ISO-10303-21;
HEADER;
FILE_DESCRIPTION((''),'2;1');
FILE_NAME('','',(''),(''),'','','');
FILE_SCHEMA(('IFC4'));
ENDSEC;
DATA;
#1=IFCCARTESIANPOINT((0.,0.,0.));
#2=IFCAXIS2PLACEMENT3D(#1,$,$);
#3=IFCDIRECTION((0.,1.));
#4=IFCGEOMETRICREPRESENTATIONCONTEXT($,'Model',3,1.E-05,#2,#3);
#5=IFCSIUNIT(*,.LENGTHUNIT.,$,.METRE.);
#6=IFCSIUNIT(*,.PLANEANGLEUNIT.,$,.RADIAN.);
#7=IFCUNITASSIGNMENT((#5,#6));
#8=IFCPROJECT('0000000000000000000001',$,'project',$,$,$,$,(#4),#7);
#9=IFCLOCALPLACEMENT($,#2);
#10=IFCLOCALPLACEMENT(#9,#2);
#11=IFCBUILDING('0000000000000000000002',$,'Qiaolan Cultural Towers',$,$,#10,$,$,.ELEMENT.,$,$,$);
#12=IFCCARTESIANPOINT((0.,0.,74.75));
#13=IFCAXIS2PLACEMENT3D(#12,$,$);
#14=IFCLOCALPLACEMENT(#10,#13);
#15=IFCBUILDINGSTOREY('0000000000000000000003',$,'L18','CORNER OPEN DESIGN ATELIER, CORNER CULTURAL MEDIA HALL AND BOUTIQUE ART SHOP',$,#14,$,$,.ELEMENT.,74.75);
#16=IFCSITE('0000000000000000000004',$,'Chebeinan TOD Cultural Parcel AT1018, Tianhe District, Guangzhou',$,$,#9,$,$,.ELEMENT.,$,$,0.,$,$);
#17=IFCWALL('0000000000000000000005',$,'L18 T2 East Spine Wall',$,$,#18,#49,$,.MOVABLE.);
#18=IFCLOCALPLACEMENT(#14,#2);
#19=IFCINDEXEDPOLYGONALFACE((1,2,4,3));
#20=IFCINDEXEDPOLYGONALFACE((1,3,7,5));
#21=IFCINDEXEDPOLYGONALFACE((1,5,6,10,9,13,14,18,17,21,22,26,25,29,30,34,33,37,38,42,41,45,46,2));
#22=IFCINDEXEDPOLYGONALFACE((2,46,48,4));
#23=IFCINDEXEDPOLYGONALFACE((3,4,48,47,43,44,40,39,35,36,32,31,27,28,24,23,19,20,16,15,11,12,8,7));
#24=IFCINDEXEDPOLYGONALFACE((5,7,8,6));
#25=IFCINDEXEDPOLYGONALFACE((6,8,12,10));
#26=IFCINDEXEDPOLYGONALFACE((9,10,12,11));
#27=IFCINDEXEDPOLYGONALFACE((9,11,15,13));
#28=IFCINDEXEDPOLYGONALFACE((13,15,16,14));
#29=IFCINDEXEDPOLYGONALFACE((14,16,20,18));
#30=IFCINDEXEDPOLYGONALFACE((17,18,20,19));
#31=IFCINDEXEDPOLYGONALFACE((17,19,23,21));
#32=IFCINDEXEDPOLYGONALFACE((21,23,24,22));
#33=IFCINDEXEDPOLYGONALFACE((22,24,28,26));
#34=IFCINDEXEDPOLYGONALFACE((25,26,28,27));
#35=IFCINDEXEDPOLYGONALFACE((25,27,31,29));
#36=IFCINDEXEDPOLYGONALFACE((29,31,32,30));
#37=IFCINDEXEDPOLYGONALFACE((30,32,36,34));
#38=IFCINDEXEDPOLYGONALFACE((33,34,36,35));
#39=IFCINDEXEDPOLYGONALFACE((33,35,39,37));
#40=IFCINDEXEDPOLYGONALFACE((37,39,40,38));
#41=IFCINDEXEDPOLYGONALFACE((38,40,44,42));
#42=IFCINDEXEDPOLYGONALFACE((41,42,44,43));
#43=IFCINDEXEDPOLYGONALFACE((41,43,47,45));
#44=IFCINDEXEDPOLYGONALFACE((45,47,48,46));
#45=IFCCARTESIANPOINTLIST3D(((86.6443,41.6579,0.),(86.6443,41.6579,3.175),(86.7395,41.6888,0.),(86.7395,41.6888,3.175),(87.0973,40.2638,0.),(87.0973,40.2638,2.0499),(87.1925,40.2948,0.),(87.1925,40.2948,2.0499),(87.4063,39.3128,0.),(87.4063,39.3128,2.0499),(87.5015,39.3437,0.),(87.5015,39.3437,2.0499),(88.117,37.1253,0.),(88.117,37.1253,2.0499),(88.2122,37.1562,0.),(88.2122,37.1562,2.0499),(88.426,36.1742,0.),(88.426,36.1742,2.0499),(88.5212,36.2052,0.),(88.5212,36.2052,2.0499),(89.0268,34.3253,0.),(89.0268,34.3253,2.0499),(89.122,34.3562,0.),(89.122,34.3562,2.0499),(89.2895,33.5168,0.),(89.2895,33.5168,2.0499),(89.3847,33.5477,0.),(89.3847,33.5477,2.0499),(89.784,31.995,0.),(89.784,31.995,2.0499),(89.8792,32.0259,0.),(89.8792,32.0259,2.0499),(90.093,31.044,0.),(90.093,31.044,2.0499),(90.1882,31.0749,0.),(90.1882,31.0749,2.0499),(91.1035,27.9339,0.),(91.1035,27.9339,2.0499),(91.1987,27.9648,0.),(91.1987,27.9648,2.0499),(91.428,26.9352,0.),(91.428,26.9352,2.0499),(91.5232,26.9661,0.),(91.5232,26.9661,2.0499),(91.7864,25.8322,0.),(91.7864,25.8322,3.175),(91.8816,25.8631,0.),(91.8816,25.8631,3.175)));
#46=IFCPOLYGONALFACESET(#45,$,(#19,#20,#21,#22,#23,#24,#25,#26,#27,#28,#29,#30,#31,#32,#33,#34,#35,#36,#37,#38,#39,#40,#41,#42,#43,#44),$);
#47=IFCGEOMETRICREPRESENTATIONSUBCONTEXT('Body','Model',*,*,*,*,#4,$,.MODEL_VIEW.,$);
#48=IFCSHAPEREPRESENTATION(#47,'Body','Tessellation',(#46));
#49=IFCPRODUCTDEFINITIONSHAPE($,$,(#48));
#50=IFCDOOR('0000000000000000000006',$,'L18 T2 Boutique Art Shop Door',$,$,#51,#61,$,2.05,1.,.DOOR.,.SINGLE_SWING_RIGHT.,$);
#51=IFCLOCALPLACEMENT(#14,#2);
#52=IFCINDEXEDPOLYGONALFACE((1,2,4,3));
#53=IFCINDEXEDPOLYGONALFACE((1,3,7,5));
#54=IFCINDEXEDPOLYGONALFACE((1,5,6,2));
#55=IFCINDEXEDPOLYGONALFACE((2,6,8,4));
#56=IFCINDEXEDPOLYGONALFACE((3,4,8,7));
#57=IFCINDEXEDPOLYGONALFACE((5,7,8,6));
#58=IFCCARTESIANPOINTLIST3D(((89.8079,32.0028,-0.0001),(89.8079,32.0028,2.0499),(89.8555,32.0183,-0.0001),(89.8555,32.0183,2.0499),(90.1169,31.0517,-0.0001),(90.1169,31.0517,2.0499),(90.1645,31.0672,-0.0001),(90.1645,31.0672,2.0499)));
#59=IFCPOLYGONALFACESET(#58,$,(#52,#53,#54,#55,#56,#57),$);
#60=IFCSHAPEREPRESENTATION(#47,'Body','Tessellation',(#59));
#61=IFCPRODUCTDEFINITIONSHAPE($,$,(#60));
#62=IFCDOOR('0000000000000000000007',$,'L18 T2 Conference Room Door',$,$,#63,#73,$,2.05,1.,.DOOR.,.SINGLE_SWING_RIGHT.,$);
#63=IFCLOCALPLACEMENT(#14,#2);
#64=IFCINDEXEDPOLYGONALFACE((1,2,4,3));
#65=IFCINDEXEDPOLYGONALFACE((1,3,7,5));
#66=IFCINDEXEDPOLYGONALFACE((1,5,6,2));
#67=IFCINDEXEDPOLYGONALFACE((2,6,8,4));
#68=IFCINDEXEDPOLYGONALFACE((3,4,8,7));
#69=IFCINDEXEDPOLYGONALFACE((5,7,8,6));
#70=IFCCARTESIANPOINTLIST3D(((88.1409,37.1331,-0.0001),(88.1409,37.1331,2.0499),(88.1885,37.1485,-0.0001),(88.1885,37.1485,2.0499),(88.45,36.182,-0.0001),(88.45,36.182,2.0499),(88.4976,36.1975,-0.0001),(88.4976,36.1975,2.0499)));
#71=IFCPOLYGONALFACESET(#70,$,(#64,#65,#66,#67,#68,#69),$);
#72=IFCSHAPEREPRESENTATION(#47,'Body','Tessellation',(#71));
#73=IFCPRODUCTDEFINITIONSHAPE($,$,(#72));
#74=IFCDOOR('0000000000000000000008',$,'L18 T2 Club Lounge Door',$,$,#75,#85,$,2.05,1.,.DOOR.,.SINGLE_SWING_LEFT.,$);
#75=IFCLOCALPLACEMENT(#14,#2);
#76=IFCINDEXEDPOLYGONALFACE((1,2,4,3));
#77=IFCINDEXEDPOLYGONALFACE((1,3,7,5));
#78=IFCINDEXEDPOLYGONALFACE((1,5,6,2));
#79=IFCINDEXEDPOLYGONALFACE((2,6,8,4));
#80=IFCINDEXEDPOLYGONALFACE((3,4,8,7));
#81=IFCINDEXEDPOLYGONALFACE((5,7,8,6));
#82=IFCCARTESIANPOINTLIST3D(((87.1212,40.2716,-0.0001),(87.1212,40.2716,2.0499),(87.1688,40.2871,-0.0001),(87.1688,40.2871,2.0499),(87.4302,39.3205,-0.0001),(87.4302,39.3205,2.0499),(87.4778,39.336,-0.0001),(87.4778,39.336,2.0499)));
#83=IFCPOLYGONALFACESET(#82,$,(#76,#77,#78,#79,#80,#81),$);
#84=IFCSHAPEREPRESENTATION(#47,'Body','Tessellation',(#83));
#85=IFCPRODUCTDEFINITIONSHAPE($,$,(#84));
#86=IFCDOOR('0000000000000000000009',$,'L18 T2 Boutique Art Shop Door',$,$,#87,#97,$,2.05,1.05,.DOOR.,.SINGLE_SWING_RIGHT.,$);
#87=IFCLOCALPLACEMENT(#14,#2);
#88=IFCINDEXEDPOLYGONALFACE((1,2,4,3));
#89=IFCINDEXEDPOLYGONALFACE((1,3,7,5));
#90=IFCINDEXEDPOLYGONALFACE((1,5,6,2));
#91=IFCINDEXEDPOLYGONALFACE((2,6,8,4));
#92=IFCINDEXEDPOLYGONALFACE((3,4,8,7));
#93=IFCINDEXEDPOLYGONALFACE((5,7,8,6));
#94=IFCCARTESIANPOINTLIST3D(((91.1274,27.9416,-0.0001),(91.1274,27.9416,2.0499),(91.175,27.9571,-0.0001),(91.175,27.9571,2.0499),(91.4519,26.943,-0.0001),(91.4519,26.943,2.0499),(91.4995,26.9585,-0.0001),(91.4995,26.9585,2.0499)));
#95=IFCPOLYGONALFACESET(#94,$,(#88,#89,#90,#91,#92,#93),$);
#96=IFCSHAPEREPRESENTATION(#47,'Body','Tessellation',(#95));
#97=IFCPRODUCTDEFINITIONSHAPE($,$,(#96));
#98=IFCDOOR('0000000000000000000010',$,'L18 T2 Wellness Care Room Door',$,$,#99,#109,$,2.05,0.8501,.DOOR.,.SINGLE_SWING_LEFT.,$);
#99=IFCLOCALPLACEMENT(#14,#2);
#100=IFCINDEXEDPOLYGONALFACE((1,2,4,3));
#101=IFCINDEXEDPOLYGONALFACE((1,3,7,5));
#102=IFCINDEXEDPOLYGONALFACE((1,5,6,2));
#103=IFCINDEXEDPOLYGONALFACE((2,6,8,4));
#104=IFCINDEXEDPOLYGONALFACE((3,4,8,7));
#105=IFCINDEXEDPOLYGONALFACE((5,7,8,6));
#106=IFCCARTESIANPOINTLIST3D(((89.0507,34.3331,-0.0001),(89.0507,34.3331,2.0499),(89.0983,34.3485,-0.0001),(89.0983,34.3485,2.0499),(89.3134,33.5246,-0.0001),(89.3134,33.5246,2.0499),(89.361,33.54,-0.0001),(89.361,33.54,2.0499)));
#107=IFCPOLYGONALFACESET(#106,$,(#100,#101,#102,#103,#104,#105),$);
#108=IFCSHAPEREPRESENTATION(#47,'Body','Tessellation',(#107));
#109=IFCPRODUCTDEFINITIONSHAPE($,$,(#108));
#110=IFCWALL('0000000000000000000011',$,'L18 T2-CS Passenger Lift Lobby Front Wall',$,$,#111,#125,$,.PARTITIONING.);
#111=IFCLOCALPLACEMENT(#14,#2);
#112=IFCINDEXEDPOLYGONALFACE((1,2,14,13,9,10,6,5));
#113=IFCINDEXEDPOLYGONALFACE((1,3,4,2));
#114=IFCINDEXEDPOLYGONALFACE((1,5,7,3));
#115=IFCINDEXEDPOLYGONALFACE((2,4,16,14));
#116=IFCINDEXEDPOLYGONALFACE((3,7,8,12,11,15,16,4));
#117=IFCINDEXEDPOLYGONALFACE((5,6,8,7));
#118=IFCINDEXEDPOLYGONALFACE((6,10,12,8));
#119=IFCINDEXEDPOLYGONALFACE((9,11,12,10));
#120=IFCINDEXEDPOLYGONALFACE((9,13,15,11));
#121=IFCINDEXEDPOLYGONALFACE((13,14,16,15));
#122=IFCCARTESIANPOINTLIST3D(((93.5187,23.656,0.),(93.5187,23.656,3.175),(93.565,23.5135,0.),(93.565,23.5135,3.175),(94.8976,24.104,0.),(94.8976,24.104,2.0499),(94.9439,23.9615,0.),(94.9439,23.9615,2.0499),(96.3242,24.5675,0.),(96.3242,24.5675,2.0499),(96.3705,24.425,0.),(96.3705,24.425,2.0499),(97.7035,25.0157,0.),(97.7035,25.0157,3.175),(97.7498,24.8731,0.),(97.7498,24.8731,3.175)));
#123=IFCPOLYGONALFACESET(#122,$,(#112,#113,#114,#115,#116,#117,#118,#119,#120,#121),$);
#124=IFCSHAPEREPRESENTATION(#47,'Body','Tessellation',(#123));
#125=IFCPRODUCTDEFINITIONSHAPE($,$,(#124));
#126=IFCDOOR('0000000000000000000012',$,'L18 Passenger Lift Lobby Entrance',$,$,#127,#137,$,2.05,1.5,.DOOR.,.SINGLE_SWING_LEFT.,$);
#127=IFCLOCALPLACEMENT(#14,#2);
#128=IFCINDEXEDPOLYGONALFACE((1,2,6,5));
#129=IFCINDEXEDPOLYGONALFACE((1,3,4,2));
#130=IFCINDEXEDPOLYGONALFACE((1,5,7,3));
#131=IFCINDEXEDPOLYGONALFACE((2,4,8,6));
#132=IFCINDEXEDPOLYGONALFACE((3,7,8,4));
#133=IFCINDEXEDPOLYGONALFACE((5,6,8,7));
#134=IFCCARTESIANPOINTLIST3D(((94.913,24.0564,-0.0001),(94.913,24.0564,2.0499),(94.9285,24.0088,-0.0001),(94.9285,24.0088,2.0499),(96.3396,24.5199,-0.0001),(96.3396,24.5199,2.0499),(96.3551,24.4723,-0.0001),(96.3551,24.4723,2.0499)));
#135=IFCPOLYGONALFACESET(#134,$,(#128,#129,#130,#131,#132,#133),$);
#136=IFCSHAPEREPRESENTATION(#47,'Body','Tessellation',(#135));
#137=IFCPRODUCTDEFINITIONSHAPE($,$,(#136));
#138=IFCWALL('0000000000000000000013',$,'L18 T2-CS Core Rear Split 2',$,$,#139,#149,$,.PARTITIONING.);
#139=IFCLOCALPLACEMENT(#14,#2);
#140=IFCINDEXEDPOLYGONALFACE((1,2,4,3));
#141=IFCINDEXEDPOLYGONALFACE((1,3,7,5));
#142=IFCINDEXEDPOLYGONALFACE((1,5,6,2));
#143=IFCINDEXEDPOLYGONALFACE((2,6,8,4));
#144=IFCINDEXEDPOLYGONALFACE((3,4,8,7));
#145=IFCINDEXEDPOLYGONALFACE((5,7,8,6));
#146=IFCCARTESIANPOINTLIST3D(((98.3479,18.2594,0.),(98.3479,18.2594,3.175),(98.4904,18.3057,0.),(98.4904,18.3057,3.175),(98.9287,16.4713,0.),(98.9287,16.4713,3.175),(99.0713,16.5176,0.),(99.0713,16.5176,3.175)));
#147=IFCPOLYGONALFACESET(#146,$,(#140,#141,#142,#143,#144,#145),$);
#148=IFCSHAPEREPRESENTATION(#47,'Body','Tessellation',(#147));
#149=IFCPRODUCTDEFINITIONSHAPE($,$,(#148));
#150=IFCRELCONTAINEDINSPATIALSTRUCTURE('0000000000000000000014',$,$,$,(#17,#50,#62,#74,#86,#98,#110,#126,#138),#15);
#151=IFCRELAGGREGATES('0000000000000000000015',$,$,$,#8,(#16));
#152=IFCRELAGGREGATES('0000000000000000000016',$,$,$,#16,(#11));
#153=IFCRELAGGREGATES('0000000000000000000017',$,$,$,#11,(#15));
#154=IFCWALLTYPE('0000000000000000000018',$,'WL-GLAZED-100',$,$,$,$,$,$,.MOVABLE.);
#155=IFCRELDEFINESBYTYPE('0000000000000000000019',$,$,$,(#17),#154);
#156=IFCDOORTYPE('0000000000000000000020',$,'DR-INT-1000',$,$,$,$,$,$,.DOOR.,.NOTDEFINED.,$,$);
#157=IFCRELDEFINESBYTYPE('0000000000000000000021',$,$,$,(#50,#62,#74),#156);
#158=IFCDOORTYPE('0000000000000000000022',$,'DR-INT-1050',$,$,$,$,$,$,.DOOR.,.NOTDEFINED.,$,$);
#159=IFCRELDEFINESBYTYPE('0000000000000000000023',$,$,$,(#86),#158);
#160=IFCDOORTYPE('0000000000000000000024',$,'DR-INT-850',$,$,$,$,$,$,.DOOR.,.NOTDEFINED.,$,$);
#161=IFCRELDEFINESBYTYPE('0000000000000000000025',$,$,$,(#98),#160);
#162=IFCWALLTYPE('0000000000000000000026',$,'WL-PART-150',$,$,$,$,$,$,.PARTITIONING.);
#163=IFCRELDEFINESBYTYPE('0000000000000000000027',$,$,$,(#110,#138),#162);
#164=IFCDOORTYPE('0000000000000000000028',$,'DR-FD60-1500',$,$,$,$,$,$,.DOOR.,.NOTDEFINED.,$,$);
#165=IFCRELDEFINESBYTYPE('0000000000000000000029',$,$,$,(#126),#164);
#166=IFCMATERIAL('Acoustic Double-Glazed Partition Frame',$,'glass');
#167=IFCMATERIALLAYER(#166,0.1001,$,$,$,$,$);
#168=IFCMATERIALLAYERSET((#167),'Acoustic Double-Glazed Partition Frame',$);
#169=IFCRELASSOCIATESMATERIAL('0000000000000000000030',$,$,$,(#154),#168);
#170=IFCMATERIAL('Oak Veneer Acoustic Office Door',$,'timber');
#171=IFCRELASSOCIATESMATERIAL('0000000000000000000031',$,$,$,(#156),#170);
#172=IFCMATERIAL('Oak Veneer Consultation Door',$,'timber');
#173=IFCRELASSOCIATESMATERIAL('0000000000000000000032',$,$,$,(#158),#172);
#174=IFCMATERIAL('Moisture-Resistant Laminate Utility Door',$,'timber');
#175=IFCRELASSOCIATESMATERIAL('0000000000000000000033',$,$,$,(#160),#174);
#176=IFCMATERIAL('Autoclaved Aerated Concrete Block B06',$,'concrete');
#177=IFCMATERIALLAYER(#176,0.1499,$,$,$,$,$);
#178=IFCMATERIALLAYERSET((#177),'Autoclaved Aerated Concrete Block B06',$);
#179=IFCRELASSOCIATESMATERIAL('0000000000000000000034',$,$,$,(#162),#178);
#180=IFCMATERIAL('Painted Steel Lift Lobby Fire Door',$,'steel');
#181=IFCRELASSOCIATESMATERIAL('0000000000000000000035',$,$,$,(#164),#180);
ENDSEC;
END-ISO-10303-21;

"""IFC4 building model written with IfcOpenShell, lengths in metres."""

from ifc_helpers import new_model, si_unit, direction, frame, frame_2d, origin, place, context, subcontext, project, spatial, rectangle, extrude, material, layer, layer_set, type_object, element, fill, save


model = new_model("IFC4")

# Units and contexts
model_context = context("Model", 3, precision=1e-05, world=origin(), true_north=direction((0.0, 1.0)))
body_context = subcontext(model_context, "Body", "Model", "MODEL_VIEW")
ifc_project = project(units=[si_unit("LENGTHUNIT", "METRE"), si_unit("PLANEANGLEUNIT", "RADIAN")], contexts=[model_context])

# Site, building, storey
site_placement = place(None, origin())
site = spatial("IfcSite", under=ifc_project, at=site_placement, Name="Chebeinan TOD Cultural Parcel AT1018, Tianhe District, Guangzhou", CompositionType="ELEMENT", RefElevation=0.0)
building_placement = place(site_placement, origin())
building = spatial("IfcBuilding", under=site, at=building_placement, Name="Qiaolan Cultural Towers", CompositionType="ELEMENT")
storey_placement = place(building_placement, frame((0.0, 0.0, 74.75)))
storey = spatial("IfcBuildingStorey", under=building, at=storey_placement, Name="L18", Description="CORNER OPEN DESIGN ATELIER, CORNER CULTURAL MEDIA HALL AND BOUTIQUE ART SHOP", CompositionType="ELEMENT", Elevation=74.75)

# Shared definitions
ifc_material_1 = material(Name="Acoustic Double-Glazed Partition Frame", Category="glass")
ifc_layer_1 = layer(ifc_material_1, 0.1001)
ifc_layer_set_1 = layer_set([ifc_layer_1], Name="Acoustic Double-Glazed Partition Frame")
wall_type_1 = type_object("IfcWallType", Name="WL-GLAZED-100", PredefinedType="MOVABLE", material=ifc_layer_set_1)

# Wall, openings, doors
wall_1_placement = place(storey_placement, frame((91.834, 25.8477, 0.0), z_axis=(0.0, 0.0, 1.0), x_axis=(-0.309018, 0.951056, 0.0)))
wall_1 = element("IfcWall", 1, at=wall_1_placement, inside=storey, type_object=wall_type_1, Name="L18 T2 East Spine Wall", PredefinedType="MOVABLE", context=body_context, shape_type="SweptSolid", body=[
    extrude(rectangle(XDim=16.6401, YDim=0.1001, at=frame_2d((8.3201, 0.0))), origin(), (0.0, 0.0, 1.0), 3.175),
])
opening_1_placement = place(wall_1_placement, frame((1.1599, 0.0, 0.0)))
opening_1 = element("IfcOpeningElement", 2, at=opening_1_placement, cuts=wall_1, PredefinedType="OPENING", context=body_context, shape_type="SweptSolid", body=[
    extrude(rectangle(XDim=1.05, YDim=2.05, at=frame_2d((0.5249, 1.0249))), frame((0.0, 0.0601, 0.0), z_axis=(0.0, -1.0, 0.0), x_axis=(1.0, 0.0, 0.0)), (0.0, 0.0, 1.0), 0.1201),
])
opening_2_placement = place(wall_1_placement, frame((5.48, 0.0, 0.0)))
opening_2 = element("IfcOpeningElement", 3, at=opening_2_placement, cuts=wall_1, PredefinedType="OPENING", context=body_context, shape_type="SweptSolid", body=[
    extrude(rectangle(XDim=1.0, YDim=2.05, at=frame_2d((0.5, 1.0249))), frame((0.0, 0.0601, 0.0), z_axis=(0.0, -1.0, 0.0), x_axis=(1.0, 0.0, 0.0)), (0.0, 0.0, 1.0), 0.1201),
])
opening_3_placement = place(wall_1_placement, frame((8.0801, 0.0, 0.0)))
opening_3 = element("IfcOpeningElement", 4, at=opening_3_placement, cuts=wall_1, PredefinedType="OPENING", context=body_context, shape_type="SweptSolid", body=[
    extrude(rectangle(XDim=0.8501, YDim=2.05, at=frame_2d((0.425, 1.0249))), frame((0.0, 0.0601, 0.0), z_axis=(0.0, -1.0, 0.0), x_axis=(1.0, 0.0, 0.0)), (0.0, 0.0, 1.0), 0.1201),
])
opening_4_placement = place(wall_1_placement, frame((10.8743, 0.0, 0.0)))
opening_4 = element("IfcOpeningElement", 5, at=opening_4_placement, cuts=wall_1, PredefinedType="OPENING", context=body_context, shape_type="SweptSolid", body=[
    extrude(rectangle(XDim=1.0, YDim=2.05, at=frame_2d((0.5, 1.0249))), frame((0.0, 0.0601, 0.0), z_axis=(0.0, -1.0, 0.0), x_axis=(1.0, 0.0, 0.0)), (0.0, 0.0, 1.0), 0.1201),
])
opening_5_placement = place(wall_1_placement, frame((14.1743, 0.0, 0.0)))
opening_5 = element("IfcOpeningElement", 6, at=opening_5_placement, cuts=wall_1, PredefinedType="OPENING", context=body_context, shape_type="SweptSolid", body=[
    extrude(rectangle(XDim=1.0, YDim=2.05, at=frame_2d((0.5, 1.0249))), frame((0.0, 0.0601, 0.0), z_axis=(0.0, -1.0, 0.0), x_axis=(1.0, 0.0, 0.0)), (0.0, 0.0, 1.0), 0.1201),
])
ifc_material_2 = material(Name="Oak Veneer Acoustic Office Door", Category="timber")
door_type_1 = type_object("IfcDoorType", Name="DR-INT-1000", OperationType="NOTDEFINED", PredefinedType="DOOR", material=ifc_material_2)
door_1_placement = place(opening_2_placement, origin())
door_1 = element("IfcDoor", 7, at=door_1_placement, inside=storey, type_object=door_type_1, Name="L18 T2 Boutique Art Shop Door", OperationType="SINGLE_SWING_RIGHT", OverallHeight=2.05, OverallWidth=1.0, PredefinedType="DOOR", context=body_context, shape_type="SweptSolid", body=[
    extrude(rectangle(XDim=1.0, YDim=2.05, at=frame_2d((0.5, 1.0249))), frame((0.0, 0.0249, 0.0), z_axis=(0.0, -1.0, 0.0), x_axis=(1.0, 0.0, 0.0)), (0.0, 0.0, 1.0), 0.05),
])
fill(opening_2, door_1)
door_2_placement = place(opening_4_placement, origin())
door_2 = element("IfcDoor", 8, at=door_2_placement, inside=storey, type_object=door_type_1, Name="L18 T2 Conference Room Door", OperationType="SINGLE_SWING_RIGHT", OverallHeight=2.05, OverallWidth=1.0, PredefinedType="DOOR", context=body_context, shape_type="SweptSolid", body=[
    extrude(rectangle(XDim=1.0, YDim=2.05, at=frame_2d((0.5, 1.0249))), frame((0.0, 0.0249, 0.0), z_axis=(0.0, -1.0, 0.0), x_axis=(1.0, 0.0, 0.0)), (0.0, 0.0, 1.0), 0.05),
])
fill(opening_4, door_2)
door_3_placement = place(opening_5_placement, origin())
door_3 = element("IfcDoor", 9, at=door_3_placement, inside=storey, type_object=door_type_1, Name="L18 T2 Club Lounge Door", OperationType="SINGLE_SWING_LEFT", OverallHeight=2.05, OverallWidth=1.0, PredefinedType="DOOR", context=body_context, shape_type="SweptSolid", body=[
    extrude(rectangle(XDim=1.0, YDim=2.05, at=frame_2d((0.5, 1.0249))), frame((0.0, 0.0249, 0.0), z_axis=(0.0, -1.0, 0.0), x_axis=(1.0, 0.0, 0.0)), (0.0, 0.0, 1.0), 0.05),
])
fill(opening_5, door_3)
ifc_material_3 = material(Name="Oak Veneer Consultation Door", Category="timber")
door_type_2 = type_object("IfcDoorType", Name="DR-INT-1050", OperationType="NOTDEFINED", PredefinedType="DOOR", material=ifc_material_3)
door_4_placement = place(opening_1_placement, origin())
door_4 = element("IfcDoor", 10, at=door_4_placement, inside=storey, type_object=door_type_2, Name="L18 T2 Boutique Art Shop Door", OperationType="SINGLE_SWING_RIGHT", OverallHeight=2.05, OverallWidth=1.05, PredefinedType="DOOR", context=body_context, shape_type="SweptSolid", body=[
    extrude(rectangle(XDim=1.05, YDim=2.05, at=frame_2d((0.5249, 1.0249))), frame((0.0, 0.0249, 0.0), z_axis=(0.0, -1.0, 0.0), x_axis=(1.0, 0.0, 0.0)), (0.0, 0.0, 1.0), 0.05),
])
fill(opening_1, door_4)
ifc_material_4 = material(Name="Moisture-Resistant Laminate Utility Door", Category="timber")
door_type_3 = type_object("IfcDoorType", Name="DR-INT-850", OperationType="NOTDEFINED", PredefinedType="DOOR", material=ifc_material_4)
door_5_placement = place(opening_3_placement, origin())
door_5 = element("IfcDoor", 11, at=door_5_placement, inside=storey, type_object=door_type_3, Name="L18 T2 Wellness Care Room Door", OperationType="SINGLE_SWING_LEFT", OverallHeight=2.05, OverallWidth=0.8501, PredefinedType="DOOR", context=body_context, shape_type="SweptSolid", body=[
    extrude(rectangle(XDim=0.8501, YDim=2.05, at=frame_2d((0.425, 1.0249))), frame((0.0, 0.0249, 0.0), z_axis=(0.0, -1.0, 0.0), x_axis=(1.0, 0.0, 0.0)), (0.0, 0.0, 1.0), 0.05),
])
fill(opening_3, door_5)

# Wall, opening, door
ifc_material_5 = material(Name="Autoclaved Aerated Concrete Block B06", Category="concrete")
ifc_layer_2 = layer(ifc_material_5, 0.1499)
ifc_layer_set_2 = layer_set([ifc_layer_2], Name="Autoclaved Aerated Concrete Block B06")
wall_type_2 = type_object("IfcWallType", Name="WL-PART-150", PredefinedType="PARTITIONING", material=ifc_layer_set_2)
wall_2_placement = place(storey_placement, frame((93.5417, 23.5847, 0.0), z_axis=(0.0, 0.0, 1.0), x_axis=(0.951064, 0.308994, 0.0)))
wall_2 = element("IfcWall", 12, at=wall_2_placement, inside=storey, type_object=wall_type_2, Name="L18 T2-CS Passenger Lift Lobby Front Wall", PredefinedType="PARTITIONING", context=body_context, shape_type="SweptSolid", body=[
    extrude(rectangle(XDim=4.4001, YDim=0.1499, at=frame_2d((2.2002, 0.0))), origin(), (0.0, 0.0, 1.0), 3.175),
])
opening_6_placement = place(wall_2_placement, frame((1.45, 0.0, 0.0)))
opening_6 = element("IfcOpeningElement", 13, at=opening_6_placement, cuts=wall_2, PredefinedType="OPENING", context=body_context, shape_type="SweptSolid", body=[
    extrude(rectangle(XDim=1.5, YDim=2.05, at=frame_2d((0.75, 1.0249))), frame((0.0, 0.085, 0.0), z_axis=(0.0, -1.0, 0.0), x_axis=(1.0, 0.0, 0.0)), (0.0, 0.0, 1.0), 0.1699),
])
ifc_material_6 = material(Name="Painted Steel Lift Lobby Fire Door", Category="steel")
door_type_4 = type_object("IfcDoorType", Name="DR-FD60-1500", OperationType="NOTDEFINED", PredefinedType="DOOR", material=ifc_material_6)
door_6_placement = place(opening_6_placement, origin())
door_6 = element("IfcDoor", 14, at=door_6_placement, inside=storey, type_object=door_type_4, Name="L18 Passenger Lift Lobby Entrance", OperationType="SINGLE_SWING_LEFT", OverallHeight=2.05, OverallWidth=1.5, PredefinedType="DOOR", context=body_context, shape_type="SweptSolid", body=[
    extrude(rectangle(XDim=1.5, YDim=2.05, at=frame_2d((0.75, 1.0249))), frame((0.0, 0.0249, 0.0), z_axis=(0.0, -1.0, 0.0), x_axis=(1.0, 0.0, 0.0)), (0.0, 0.0, 1.0), 0.05),
])
fill(opening_6, door_6)

# Wall
wall_3_placement = place(storey_placement, frame((98.4192, 18.2825, 0.0), z_axis=(0.0, 0.0, 1.0), x_axis=(0.308933, -0.951084, 0.0)))
element("IfcWall", 15, at=wall_3_placement, inside=storey, type_object=wall_type_2, Name="L18 T2-CS Core Rear Split 2", PredefinedType="PARTITIONING", context=body_context, shape_type="SweptSolid", body=[
    extrude(rectangle(XDim=1.8801, YDim=0.1499, at=frame_2d((0.9399, 0.0))), origin(), (0.0, 0.0, 1.0), 3.175),
])

save(model, "model.ifc")
